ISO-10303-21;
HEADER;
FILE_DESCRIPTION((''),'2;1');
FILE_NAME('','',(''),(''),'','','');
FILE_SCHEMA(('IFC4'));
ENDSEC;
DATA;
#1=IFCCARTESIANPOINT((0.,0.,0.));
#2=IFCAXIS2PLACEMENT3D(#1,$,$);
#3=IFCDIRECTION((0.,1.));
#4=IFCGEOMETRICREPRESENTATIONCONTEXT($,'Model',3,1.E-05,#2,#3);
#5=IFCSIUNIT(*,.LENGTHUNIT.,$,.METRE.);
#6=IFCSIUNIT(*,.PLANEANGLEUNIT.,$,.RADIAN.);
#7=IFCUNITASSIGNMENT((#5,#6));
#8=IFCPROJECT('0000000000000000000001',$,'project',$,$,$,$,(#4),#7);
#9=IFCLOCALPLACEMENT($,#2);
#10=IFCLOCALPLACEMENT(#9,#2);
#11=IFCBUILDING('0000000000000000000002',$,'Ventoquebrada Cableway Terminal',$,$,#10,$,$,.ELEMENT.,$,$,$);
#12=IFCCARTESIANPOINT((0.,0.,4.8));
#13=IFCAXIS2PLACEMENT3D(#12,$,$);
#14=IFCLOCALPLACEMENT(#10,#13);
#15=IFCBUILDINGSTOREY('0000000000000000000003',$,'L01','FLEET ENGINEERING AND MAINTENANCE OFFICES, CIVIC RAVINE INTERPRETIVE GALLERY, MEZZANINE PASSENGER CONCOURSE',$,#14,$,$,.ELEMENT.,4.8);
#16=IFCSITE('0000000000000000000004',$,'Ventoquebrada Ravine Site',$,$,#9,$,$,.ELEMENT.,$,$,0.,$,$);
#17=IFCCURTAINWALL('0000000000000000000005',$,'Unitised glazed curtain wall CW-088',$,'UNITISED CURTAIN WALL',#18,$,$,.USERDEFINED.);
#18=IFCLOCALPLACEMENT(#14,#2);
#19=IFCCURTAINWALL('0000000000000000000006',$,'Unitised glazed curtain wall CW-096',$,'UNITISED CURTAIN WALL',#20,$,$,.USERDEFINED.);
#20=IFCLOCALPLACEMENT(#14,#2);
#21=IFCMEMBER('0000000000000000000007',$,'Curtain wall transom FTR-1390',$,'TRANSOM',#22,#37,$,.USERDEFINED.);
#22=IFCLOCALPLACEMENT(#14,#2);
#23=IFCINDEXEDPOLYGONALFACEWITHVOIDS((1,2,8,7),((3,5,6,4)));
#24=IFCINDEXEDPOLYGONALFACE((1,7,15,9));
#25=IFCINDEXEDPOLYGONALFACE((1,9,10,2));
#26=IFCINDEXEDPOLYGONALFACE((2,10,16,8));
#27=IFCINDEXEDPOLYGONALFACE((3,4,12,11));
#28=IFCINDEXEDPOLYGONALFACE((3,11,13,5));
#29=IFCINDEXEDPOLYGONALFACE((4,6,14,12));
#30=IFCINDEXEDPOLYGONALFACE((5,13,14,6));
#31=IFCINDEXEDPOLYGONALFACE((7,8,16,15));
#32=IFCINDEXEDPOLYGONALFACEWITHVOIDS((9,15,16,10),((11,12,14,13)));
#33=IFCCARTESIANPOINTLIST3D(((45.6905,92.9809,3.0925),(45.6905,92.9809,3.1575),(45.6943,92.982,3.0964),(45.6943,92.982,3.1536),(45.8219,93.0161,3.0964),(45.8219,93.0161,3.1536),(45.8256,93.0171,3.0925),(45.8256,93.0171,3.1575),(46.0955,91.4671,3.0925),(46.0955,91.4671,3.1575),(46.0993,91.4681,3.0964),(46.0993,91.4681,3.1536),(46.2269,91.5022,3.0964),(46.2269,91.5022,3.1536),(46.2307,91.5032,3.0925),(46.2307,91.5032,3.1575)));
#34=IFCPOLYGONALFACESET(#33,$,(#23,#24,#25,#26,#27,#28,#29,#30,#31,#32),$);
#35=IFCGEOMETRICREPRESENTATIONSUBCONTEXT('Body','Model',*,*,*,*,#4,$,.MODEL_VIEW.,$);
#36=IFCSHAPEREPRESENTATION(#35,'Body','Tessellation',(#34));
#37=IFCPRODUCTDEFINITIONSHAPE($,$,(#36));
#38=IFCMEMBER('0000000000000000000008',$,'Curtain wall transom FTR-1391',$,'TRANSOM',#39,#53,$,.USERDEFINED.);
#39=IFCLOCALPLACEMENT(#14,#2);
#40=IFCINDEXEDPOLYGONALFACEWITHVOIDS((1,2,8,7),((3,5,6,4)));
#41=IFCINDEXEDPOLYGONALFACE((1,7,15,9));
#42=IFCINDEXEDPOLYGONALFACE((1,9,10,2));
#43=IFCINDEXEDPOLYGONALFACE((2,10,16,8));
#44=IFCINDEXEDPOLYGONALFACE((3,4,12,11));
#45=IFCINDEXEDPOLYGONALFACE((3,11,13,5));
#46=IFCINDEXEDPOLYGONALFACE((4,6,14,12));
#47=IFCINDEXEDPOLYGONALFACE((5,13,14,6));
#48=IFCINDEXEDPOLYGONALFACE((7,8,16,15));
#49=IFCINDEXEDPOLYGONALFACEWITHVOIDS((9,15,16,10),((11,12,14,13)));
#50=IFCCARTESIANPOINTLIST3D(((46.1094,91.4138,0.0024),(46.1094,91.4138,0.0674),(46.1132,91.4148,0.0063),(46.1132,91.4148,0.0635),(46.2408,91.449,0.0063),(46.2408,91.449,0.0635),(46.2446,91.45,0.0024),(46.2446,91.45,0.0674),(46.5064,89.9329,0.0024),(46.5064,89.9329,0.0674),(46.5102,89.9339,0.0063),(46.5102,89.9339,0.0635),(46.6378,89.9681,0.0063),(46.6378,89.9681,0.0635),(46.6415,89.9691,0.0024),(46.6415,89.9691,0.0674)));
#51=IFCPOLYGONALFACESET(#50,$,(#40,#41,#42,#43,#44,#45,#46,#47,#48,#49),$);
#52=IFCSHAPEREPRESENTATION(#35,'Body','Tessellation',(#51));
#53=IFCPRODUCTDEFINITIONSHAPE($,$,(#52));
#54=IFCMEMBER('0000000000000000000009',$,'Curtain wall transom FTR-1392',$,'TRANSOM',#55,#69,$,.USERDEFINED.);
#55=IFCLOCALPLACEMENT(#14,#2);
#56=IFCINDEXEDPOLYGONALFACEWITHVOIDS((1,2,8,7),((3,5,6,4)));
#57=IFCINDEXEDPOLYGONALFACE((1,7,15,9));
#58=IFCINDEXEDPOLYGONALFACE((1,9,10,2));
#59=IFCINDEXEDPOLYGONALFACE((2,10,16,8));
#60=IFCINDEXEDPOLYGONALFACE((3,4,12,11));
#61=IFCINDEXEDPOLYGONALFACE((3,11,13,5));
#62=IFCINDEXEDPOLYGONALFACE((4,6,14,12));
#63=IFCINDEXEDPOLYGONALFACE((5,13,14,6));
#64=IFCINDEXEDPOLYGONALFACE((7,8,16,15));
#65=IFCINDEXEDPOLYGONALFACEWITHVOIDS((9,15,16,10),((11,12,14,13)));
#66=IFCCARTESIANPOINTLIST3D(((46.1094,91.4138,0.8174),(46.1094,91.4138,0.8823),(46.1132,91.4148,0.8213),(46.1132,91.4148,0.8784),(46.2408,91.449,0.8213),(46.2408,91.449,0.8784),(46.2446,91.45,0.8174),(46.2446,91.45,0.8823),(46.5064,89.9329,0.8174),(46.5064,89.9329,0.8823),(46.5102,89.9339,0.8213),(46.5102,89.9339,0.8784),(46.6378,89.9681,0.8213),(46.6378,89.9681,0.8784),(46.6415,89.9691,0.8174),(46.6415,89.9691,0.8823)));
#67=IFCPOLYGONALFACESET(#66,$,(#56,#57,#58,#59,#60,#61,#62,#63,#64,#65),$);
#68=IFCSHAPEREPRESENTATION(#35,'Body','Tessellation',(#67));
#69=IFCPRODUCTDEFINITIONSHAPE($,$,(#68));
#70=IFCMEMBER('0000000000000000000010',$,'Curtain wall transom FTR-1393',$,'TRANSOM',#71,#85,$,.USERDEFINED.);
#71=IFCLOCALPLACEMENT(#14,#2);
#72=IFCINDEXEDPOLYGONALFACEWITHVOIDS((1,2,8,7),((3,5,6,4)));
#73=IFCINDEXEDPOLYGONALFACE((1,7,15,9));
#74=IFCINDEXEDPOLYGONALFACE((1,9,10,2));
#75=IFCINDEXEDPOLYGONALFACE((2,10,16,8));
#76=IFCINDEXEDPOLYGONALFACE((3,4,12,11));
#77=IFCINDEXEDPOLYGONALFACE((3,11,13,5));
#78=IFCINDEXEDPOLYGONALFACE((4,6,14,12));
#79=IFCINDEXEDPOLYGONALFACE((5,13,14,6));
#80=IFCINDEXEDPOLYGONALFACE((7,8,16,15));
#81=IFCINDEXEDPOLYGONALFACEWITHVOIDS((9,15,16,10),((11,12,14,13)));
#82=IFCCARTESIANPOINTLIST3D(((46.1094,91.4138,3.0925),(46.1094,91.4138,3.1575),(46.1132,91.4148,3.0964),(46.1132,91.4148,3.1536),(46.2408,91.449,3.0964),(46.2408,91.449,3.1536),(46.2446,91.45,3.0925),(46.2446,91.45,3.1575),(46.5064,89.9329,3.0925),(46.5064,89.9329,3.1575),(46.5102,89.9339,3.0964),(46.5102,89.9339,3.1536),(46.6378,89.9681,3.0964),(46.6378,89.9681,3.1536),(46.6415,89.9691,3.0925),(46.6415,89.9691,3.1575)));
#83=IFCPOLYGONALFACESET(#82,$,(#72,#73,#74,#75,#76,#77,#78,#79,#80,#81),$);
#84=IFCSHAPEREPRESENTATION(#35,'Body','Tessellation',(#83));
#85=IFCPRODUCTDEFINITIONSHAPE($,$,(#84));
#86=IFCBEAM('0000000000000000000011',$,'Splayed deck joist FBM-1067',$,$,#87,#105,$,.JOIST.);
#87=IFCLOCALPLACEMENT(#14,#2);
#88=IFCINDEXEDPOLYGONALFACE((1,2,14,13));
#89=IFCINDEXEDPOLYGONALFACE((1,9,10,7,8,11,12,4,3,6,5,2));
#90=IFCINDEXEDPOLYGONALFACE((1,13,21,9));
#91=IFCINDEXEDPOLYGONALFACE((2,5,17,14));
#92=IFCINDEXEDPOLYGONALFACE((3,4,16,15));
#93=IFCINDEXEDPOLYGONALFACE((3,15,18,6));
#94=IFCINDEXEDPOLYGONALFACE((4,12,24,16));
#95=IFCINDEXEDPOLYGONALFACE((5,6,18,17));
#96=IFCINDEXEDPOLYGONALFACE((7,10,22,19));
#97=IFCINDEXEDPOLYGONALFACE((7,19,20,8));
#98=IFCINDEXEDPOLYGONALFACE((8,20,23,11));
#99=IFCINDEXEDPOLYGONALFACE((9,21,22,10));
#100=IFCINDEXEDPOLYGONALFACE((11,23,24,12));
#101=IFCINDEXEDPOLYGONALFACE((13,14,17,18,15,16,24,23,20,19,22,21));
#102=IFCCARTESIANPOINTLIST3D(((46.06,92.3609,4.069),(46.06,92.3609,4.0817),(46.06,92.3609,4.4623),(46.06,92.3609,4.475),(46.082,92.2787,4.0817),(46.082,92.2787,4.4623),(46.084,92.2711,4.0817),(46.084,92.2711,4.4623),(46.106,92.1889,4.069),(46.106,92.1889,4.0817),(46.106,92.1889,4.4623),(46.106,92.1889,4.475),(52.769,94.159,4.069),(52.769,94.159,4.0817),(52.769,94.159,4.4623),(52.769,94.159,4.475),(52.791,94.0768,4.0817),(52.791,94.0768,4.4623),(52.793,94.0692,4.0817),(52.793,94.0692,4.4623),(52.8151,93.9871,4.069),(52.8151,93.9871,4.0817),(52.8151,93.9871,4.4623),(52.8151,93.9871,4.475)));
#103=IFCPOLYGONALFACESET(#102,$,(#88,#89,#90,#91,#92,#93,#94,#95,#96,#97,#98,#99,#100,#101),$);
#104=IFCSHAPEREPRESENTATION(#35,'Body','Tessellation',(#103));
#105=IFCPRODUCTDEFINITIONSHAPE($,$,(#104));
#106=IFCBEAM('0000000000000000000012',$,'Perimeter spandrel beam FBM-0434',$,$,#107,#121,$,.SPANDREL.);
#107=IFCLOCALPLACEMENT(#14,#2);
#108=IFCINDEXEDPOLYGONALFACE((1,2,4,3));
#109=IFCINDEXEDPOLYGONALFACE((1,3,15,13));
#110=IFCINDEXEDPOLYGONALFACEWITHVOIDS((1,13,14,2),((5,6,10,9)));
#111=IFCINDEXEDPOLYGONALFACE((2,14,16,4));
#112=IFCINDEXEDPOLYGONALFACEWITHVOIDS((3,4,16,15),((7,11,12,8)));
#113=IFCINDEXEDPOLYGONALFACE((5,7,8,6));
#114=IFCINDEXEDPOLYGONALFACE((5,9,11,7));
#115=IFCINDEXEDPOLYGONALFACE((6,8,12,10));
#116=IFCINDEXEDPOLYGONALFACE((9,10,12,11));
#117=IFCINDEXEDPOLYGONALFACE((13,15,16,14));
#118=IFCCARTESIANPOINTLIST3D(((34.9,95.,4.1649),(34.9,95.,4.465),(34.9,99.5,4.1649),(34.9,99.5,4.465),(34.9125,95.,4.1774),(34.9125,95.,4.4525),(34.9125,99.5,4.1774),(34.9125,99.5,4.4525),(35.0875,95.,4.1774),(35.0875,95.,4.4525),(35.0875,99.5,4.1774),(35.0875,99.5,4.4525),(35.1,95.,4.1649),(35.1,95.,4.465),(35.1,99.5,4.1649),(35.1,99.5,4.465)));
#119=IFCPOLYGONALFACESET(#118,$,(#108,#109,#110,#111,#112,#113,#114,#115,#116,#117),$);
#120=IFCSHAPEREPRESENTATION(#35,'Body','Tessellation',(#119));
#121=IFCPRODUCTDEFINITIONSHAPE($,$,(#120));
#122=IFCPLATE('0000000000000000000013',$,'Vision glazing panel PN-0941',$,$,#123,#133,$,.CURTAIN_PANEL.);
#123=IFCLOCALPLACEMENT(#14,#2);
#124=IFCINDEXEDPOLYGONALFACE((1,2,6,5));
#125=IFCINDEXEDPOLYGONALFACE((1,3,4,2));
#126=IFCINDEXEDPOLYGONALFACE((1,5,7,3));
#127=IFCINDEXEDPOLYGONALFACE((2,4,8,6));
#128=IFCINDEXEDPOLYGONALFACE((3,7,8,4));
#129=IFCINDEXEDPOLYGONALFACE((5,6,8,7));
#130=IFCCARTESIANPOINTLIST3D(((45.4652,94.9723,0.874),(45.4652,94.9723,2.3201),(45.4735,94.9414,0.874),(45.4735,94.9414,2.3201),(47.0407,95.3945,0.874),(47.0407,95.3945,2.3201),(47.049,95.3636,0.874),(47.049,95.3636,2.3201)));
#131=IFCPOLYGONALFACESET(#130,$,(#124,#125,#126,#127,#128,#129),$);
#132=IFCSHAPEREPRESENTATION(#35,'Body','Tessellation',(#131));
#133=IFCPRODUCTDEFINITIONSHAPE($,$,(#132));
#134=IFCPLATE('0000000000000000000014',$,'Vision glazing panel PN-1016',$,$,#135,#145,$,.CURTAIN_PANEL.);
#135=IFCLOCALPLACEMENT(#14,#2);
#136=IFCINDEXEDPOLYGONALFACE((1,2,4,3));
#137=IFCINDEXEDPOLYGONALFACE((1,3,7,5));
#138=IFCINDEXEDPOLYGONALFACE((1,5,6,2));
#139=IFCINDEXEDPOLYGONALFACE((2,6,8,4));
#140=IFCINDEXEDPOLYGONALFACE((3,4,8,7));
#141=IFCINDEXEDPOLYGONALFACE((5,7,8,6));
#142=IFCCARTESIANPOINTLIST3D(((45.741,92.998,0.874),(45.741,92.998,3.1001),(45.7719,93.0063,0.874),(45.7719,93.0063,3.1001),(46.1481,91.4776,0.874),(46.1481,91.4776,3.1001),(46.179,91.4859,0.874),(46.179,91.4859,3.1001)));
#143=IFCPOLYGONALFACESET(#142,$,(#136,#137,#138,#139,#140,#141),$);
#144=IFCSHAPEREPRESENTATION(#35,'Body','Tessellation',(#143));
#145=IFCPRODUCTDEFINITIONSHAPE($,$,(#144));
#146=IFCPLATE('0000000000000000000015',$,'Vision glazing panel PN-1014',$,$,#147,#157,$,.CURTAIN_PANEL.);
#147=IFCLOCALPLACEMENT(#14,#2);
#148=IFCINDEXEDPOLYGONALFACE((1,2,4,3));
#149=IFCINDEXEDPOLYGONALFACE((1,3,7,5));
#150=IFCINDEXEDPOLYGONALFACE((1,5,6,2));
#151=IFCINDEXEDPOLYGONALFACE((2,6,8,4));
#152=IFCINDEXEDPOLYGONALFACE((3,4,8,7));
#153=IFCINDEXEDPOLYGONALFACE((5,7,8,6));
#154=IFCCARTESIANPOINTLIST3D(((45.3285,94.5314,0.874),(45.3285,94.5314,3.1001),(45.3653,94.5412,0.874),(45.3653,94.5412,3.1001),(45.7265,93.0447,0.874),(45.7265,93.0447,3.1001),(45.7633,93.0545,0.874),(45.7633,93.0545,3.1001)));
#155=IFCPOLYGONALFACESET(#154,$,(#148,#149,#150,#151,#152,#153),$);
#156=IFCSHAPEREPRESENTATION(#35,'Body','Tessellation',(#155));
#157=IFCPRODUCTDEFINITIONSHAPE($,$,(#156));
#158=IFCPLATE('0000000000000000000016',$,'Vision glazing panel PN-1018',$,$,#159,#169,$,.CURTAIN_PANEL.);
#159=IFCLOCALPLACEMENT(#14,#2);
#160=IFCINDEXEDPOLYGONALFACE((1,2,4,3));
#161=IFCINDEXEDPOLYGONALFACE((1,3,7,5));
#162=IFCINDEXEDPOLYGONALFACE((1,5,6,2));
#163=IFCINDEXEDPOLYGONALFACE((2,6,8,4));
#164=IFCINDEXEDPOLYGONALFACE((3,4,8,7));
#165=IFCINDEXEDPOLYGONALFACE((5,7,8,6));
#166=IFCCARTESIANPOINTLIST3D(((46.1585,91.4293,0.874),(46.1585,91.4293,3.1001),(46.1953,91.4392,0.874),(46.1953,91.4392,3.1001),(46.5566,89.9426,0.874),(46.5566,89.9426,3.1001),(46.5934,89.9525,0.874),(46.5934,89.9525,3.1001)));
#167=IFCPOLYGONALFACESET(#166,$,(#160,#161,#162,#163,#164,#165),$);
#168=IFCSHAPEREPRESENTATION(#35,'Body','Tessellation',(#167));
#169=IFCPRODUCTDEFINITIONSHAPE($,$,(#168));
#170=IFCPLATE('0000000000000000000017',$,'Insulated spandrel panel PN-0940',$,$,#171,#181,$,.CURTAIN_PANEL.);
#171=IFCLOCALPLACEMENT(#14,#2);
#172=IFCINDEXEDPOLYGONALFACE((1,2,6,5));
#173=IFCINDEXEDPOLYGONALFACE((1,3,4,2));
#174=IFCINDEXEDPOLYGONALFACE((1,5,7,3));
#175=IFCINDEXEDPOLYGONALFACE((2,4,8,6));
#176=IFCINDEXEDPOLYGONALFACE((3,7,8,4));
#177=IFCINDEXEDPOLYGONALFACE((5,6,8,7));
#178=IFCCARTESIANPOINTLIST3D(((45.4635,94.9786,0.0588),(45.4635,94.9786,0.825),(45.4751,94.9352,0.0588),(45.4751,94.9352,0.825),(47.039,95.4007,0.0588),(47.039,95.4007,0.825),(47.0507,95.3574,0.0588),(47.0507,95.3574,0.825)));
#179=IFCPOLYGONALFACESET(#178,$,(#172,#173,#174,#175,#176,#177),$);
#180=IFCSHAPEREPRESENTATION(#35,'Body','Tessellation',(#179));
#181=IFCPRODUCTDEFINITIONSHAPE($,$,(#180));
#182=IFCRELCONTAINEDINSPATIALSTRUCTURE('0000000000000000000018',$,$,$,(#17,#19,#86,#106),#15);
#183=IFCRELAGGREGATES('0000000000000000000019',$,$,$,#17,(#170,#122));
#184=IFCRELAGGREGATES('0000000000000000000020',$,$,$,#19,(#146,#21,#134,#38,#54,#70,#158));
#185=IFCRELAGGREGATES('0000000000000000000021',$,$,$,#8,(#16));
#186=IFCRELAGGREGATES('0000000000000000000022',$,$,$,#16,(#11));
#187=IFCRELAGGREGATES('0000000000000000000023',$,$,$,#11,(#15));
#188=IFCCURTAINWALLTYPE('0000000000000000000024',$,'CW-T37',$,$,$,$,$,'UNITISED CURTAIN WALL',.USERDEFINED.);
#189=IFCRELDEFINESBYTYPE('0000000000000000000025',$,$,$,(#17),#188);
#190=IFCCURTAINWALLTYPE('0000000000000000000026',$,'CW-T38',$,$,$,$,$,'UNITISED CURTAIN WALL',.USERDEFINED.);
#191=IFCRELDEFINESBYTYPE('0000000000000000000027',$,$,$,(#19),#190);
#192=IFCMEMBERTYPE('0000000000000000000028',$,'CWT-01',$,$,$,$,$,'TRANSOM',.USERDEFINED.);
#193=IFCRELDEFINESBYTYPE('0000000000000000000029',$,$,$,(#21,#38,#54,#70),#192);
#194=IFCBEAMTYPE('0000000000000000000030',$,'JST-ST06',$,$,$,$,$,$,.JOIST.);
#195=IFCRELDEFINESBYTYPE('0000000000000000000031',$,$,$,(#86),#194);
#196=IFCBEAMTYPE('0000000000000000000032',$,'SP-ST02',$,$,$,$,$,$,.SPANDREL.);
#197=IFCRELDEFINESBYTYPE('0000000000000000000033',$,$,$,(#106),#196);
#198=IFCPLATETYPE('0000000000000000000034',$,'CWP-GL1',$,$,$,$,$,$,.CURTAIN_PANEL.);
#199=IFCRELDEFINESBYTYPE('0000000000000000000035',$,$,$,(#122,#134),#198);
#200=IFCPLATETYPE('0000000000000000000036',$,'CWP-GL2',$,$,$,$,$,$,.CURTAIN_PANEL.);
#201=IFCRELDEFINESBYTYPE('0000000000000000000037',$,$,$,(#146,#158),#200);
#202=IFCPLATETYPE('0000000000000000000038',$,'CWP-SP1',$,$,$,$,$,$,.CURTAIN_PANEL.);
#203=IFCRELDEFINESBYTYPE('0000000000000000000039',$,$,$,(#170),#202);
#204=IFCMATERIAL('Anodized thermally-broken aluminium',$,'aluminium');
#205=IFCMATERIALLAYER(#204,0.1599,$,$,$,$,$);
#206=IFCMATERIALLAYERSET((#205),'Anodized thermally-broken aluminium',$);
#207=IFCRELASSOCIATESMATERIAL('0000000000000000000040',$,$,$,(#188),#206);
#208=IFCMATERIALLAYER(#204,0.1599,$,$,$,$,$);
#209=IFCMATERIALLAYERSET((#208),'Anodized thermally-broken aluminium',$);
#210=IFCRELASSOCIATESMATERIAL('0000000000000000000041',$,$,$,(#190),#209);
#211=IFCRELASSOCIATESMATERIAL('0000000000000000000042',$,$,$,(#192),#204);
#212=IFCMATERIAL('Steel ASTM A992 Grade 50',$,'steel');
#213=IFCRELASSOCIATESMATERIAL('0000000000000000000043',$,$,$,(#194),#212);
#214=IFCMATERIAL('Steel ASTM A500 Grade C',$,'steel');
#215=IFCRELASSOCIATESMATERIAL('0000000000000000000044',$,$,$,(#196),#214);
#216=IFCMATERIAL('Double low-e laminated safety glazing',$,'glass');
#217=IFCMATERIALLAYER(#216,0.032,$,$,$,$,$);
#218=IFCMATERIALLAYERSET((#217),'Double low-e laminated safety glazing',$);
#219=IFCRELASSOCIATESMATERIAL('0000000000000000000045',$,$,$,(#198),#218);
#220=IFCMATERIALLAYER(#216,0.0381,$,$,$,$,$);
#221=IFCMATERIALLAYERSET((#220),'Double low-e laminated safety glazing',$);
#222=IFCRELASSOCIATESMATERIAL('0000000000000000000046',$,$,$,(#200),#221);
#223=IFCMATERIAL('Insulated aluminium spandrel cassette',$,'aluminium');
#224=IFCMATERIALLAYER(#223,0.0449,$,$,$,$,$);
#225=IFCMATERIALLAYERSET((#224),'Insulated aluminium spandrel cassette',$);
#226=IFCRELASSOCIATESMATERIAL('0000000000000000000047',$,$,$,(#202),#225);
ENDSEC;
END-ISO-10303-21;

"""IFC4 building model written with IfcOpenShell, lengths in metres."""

from ifc_helpers import new_model, si_unit, direction, frame, origin, origin_2d, place, context, subcontext, project, spatial, rectangle, hollow_rectangle, i_section, extrude, material, layer, layer_set, material_profile, profile_set, type_object, element, aggregate, save


model = new_model("IFC4")

# Units and contexts
model_context = context("Model", 3, precision=1e-05, world=origin(), true_north=direction((0.0, 1.0)))
body_context = subcontext(model_context, "Body", "Model", "MODEL_VIEW")
ifc_project = project(units=[si_unit("LENGTHUNIT", "METRE"), si_unit("PLANEANGLEUNIT", "RADIAN")], contexts=[model_context])

# Site, building, storey
site_placement = place(None, origin())
site = spatial("IfcSite", under=ifc_project, at=site_placement, Name="Ventoquebrada Ravine Site", CompositionType="ELEMENT", RefElevation=0.0)
building_placement = place(site_placement, origin())
building = spatial("IfcBuilding", under=site, at=building_placement, Name="Ventoquebrada Cableway Terminal", CompositionType="ELEMENT")
storey_placement = place(building_placement, frame((0.0, 0.0, 4.8)))
storey = spatial("IfcBuildingStorey", under=building, at=storey_placement, Name="L01", Description="FLEET ENGINEERING AND MAINTENANCE OFFICES, CIVIC RAVINE INTERPRETIVE GALLERY, MEZZANINE PASSENGER CONCOURSE", CompositionType="ELEMENT", Elevation=4.8)

# Shared definitions
ifc_material_1 = material(Name="Steel ASTM A992 Grade 50", Category="steel")

# Curtain wall
ifc_material_2 = material(Name="Anodized thermally-broken aluminium", Category="aluminium")
ifc_layer_1 = layer(ifc_material_2, 0.1599)
ifc_layer_set_1 = layer_set([ifc_layer_1], Name="Anodized thermally-broken aluminium")
curtain_wall_type_1 = type_object("IfcCurtainWallType", Name="CW-T37", ElementType="UNITISED CURTAIN WALL", PredefinedType="USERDEFINED", material=ifc_layer_set_1)
curtain_wall_1_placement = place(storey_placement, origin())
curtain_wall_1 = element("IfcCurtainWall", 1, at=curtain_wall_1_placement, inside=storey, type_object=curtain_wall_type_1, Name="Unitised glazed curtain wall CW-088", ObjectType="UNITISED CURTAIN WALL", PredefinedType="USERDEFINED")

# Curtain wall
ifc_layer_2 = layer(ifc_material_2, 0.1599)
ifc_layer_set_2 = layer_set([ifc_layer_2], Name="Anodized thermally-broken aluminium")
curtain_wall_type_2 = type_object("IfcCurtainWallType", Name="CW-T38", ElementType="UNITISED CURTAIN WALL", PredefinedType="USERDEFINED", material=ifc_layer_set_2)
curtain_wall_2_placement = place(storey_placement, origin())
curtain_wall_2 = element("IfcCurtainWall", 2, at=curtain_wall_2_placement, inside=storey, type_object=curtain_wall_type_2, Name="Unitised glazed curtain wall CW-096", ObjectType="UNITISED CURTAIN WALL", PredefinedType="USERDEFINED")

# Members
ifc_material_profile_1 = material_profile(ifc_material_2, hollow_rectangle(XDim=0.0649, YDim=0.1399, WallThickness=0.0039, at=origin_2d()), Name="CW-TRN-65X140")
ifc_profile_set_1 = profile_set([ifc_material_profile_1], Name="Anodized thermally-broken aluminium")
member_type_1 = type_object("IfcMemberType", Name="CWT-01", ElementType="TRANSOM", PredefinedType="USERDEFINED", material=ifc_profile_set_1)
member_1_placement = place(storey_placement, frame((45.7581, 92.999, 3.125), z_axis=(0.258448, -0.966025, 0.0), x_axis=(0.0, 0.0, 1.0)))
member_1 = element("IfcMember", 3, at=member_1_placement, type_object=member_type_1, Name="Curtain wall transom FTR-1390", ObjectType="TRANSOM", PredefinedType="USERDEFINED", context=body_context, shape_type="SweptSolid", body=[
    extrude(hollow_rectangle(XDim=0.0649, YDim=0.1399, WallThickness=0.0039, at=origin_2d()), origin(), (0.0, 0.0, 1.0), 1.5671),
])
member_2_placement = place(storey_placement, frame((46.177, 91.4319, 0.0349), z_axis=(0.258911, -0.965901, 0.0), x_axis=(0.0, 0.0, 1.0)))
member_2 = element("IfcMember", 4, at=member_2_placement, type_object=member_type_1, Name="Curtain wall transom FTR-1391", ObjectType="TRANSOM", PredefinedType="USERDEFINED", context=body_context, shape_type="SweptSolid", body=[
    extrude(hollow_rectangle(XDim=0.0649, YDim=0.1399, WallThickness=0.0039, at=origin_2d()), origin(), (0.0, 0.0, 1.0), 1.5332),
])
member_3_placement = place(storey_placement, frame((46.177, 91.4319, 0.8499), z_axis=(0.258911, -0.965901, 0.0), x_axis=(0.0, 0.0, 1.0)))
member_3 = element("IfcMember", 5, at=member_3_placement, type_object=member_type_1, Name="Curtain wall transom FTR-1392", ObjectType="TRANSOM", PredefinedType="USERDEFINED", context=body_context, shape_type="SweptSolid", body=[
    extrude(hollow_rectangle(XDim=0.0649, YDim=0.1399, WallThickness=0.0039, at=origin_2d()), origin(), (0.0, 0.0, 1.0), 1.5332),
])
member_4_placement = place(storey_placement, frame((46.177, 91.4319, 3.125), z_axis=(0.258911, -0.965901, 0.0), x_axis=(0.0, 0.0, 1.0)))
member_4 = element("IfcMember", 6, at=member_4_placement, type_object=member_type_1, Name="Curtain wall transom FTR-1393", ObjectType="TRANSOM", PredefinedType="USERDEFINED", context=body_context, shape_type="SweptSolid", body=[
    extrude(hollow_rectangle(XDim=0.0649, YDim=0.1399, WallThickness=0.0039, at=origin_2d()), origin(), (0.0, 0.0, 1.0), 1.5332),
])

# Beams
ifc_material_profile_2 = material_profile(ifc_material_1, i_section(OverallWidth=0.178, OverallDepth=0.406, WebThickness=0.0078, FlangeThickness=0.0127, at=origin_2d()), Name="W16X40")
ifc_profile_set_2 = profile_set([ifc_material_profile_2], Name="Steel ASTM A992 Grade 50")
beam_type_1 = type_object("IfcBeamType", Name="JST-ST06", PredefinedType="JOIST", material=ifc_profile_set_2)
beam_1_placement = place(storey_placement, frame((46.083, 92.2749, 4.272), z_axis=(0.96591, 0.258877, 0.0), x_axis=(-0.258877, 0.96591, 0.0)))
element("IfcBeam", 7, at=beam_1_placement, inside=storey, type_object=beam_type_1, Name="Splayed deck joist FBM-1067", PredefinedType="JOIST", context=body_context, shape_type="SweptSolid", body=[
    extrude(i_section(OverallWidth=0.178, OverallDepth=0.406, WebThickness=0.0078, FlangeThickness=0.0127, at=origin_2d()), origin(), (0.0, 0.0, 1.0), 6.9458),
])
ifc_material_3 = material(Name="Steel ASTM A500 Grade C", Category="steel")
ifc_material_profile_3 = material_profile(ifc_material_3, hollow_rectangle(XDim=0.2, YDim=0.3, WallThickness=0.0125, at=origin_2d()), Name="RHS300X200X12.5")
ifc_profile_set_3 = profile_set([ifc_material_profile_3], Name="Steel ASTM A500 Grade C")
beam_type_2 = type_object("IfcBeamType", Name="SP-ST02", PredefinedType="SPANDREL", material=ifc_profile_set_3)
beam_2_placement = place(storey_placement, frame((35.0, 95.0, 4.3149), z_axis=(0.0, 1.0, 0.0), x_axis=(-1.0, 0.0, 0.0)))
element("IfcBeam", 8, at=beam_2_placement, inside=storey, type_object=beam_type_2, Name="Perimeter spandrel beam FBM-0434", PredefinedType="SPANDREL", context=body_context, shape_type="SweptSolid", body=[
    extrude(hollow_rectangle(XDim=0.2, YDim=0.3, WallThickness=0.0125, at=origin_2d()), origin(), (0.0, 0.0, 1.0), 4.5),
])

# Plates
ifc_material_4 = material(Name="Double low-e laminated safety glazing", Category="glass")
ifc_layer_3 = layer(ifc_material_4, 0.032)
ifc_layer_set_3 = layer_set([ifc_layer_3], Name="Double low-e laminated safety glazing")
plate_type_1 = type_object("IfcPlateType", Name="CWP-GL1", PredefinedType="CURTAIN_PANEL", material=ifc_layer_set_3)
plate_1_placement = place(storey_placement, frame((46.2571, 95.168, 0.874), z_axis=(0.0, 0.0, 1.0), x_axis=(-0.965926, -0.258819, 0.0)))
plate_1 = element("IfcPlate", 9, at=plate_1_placement, type_object=plate_type_1, Name="Vision glazing panel PN-0941", PredefinedType="CURTAIN_PANEL", context=body_context, shape_type="SweptSolid", body=[
    extrude(rectangle(XDim=1.6311, YDim=0.032, at=origin_2d()), origin(), (0.0, 0.0, 1.0), 1.446),
])
plate_2_placement = place(storey_placement, frame((45.96, 92.2419, 0.874), z_axis=(0.0, 0.0, 1.0), x_axis=(0.25865, -0.965971, 0.0)))
plate_2 = element("IfcPlate", 10, at=plate_2_placement, type_object=plate_type_1, Name="Vision glazing panel PN-1016", PredefinedType="CURTAIN_PANEL", context=body_context, shape_type="SweptSolid", body=[
    extrude(rectangle(XDim=1.574, YDim=0.032, at=origin_2d()), origin(), (0.0, 0.0, 1.0), 2.2261),
])
ifc_layer_4 = layer(ifc_material_4, 0.0381)
ifc_layer_set_4 = layer_set([ifc_layer_4], Name="Double low-e laminated safety glazing")
plate_type_2 = type_object("IfcPlateType", Name="CWP-GL2", PredefinedType="CURTAIN_PANEL", material=ifc_layer_set_4)
plate_3_placement = place(storey_placement, frame((45.5459, 93.793, 0.874), z_axis=(0.0, 0.0, 1.0), x_axis=(0.25865, -0.965971, 0.0)))
plate_3 = element("IfcPlate", 11, at=plate_3_placement, type_object=plate_type_2, Name="Vision glazing panel PN-1014", PredefinedType="CURTAIN_PANEL", context=body_context, shape_type="SweptSolid", body=[
    extrude(rectangle(XDim=1.5391, YDim=0.0381, at=origin_2d()), origin(), (0.0, 0.0, 1.0), 2.2261),
])
plate_4_placement = place(storey_placement, frame((46.376, 90.6909, 0.874), z_axis=(0.0, 0.0, 1.0), x_axis=(0.25865, -0.965971, 0.0)))
plate_4 = element("IfcPlate", 12, at=plate_4_placement, type_object=plate_type_2, Name="Vision glazing panel PN-1018", PredefinedType="CURTAIN_PANEL", context=body_context, shape_type="SweptSolid", body=[
    extrude(rectangle(XDim=1.5391, YDim=0.0381, at=origin_2d()), origin(), (0.0, 0.0, 1.0), 2.2261),
])
ifc_material_5 = material(Name="Insulated aluminium spandrel cassette", Category="aluminium")
ifc_layer_5 = layer(ifc_material_5, 0.0449)
ifc_layer_set_5 = layer_set([ifc_layer_5], Name="Insulated aluminium spandrel cassette")
plate_type_3 = type_object("IfcPlateType", Name="CWP-SP1", PredefinedType="CURTAIN_PANEL", material=ifc_layer_set_5)
plate_5_placement = place(storey_placement, frame((46.2571, 95.168, 0.0588), z_axis=(0.0, 0.0, 1.0), x_axis=(-0.965926, -0.258819, 0.0)))
plate_5 = element("IfcPlate", 13, at=plate_5_placement, type_object=plate_type_3, Name="Insulated spandrel panel PN-0940", PredefinedType="CURTAIN_PANEL", context=body_context, shape_type="SweptSolid", body=[
    extrude(rectangle(XDim=1.6311, YDim=0.0449, at=origin_2d()), origin(), (0.0, 0.0, 1.0), 0.7661),
])
aggregate(curtain_wall_1, [plate_5, plate_1])
aggregate(curtain_wall_2, [plate_3, member_1, plate_2, member_2, member_3, member_4, plate_4])

save(model, "model.ifc")
